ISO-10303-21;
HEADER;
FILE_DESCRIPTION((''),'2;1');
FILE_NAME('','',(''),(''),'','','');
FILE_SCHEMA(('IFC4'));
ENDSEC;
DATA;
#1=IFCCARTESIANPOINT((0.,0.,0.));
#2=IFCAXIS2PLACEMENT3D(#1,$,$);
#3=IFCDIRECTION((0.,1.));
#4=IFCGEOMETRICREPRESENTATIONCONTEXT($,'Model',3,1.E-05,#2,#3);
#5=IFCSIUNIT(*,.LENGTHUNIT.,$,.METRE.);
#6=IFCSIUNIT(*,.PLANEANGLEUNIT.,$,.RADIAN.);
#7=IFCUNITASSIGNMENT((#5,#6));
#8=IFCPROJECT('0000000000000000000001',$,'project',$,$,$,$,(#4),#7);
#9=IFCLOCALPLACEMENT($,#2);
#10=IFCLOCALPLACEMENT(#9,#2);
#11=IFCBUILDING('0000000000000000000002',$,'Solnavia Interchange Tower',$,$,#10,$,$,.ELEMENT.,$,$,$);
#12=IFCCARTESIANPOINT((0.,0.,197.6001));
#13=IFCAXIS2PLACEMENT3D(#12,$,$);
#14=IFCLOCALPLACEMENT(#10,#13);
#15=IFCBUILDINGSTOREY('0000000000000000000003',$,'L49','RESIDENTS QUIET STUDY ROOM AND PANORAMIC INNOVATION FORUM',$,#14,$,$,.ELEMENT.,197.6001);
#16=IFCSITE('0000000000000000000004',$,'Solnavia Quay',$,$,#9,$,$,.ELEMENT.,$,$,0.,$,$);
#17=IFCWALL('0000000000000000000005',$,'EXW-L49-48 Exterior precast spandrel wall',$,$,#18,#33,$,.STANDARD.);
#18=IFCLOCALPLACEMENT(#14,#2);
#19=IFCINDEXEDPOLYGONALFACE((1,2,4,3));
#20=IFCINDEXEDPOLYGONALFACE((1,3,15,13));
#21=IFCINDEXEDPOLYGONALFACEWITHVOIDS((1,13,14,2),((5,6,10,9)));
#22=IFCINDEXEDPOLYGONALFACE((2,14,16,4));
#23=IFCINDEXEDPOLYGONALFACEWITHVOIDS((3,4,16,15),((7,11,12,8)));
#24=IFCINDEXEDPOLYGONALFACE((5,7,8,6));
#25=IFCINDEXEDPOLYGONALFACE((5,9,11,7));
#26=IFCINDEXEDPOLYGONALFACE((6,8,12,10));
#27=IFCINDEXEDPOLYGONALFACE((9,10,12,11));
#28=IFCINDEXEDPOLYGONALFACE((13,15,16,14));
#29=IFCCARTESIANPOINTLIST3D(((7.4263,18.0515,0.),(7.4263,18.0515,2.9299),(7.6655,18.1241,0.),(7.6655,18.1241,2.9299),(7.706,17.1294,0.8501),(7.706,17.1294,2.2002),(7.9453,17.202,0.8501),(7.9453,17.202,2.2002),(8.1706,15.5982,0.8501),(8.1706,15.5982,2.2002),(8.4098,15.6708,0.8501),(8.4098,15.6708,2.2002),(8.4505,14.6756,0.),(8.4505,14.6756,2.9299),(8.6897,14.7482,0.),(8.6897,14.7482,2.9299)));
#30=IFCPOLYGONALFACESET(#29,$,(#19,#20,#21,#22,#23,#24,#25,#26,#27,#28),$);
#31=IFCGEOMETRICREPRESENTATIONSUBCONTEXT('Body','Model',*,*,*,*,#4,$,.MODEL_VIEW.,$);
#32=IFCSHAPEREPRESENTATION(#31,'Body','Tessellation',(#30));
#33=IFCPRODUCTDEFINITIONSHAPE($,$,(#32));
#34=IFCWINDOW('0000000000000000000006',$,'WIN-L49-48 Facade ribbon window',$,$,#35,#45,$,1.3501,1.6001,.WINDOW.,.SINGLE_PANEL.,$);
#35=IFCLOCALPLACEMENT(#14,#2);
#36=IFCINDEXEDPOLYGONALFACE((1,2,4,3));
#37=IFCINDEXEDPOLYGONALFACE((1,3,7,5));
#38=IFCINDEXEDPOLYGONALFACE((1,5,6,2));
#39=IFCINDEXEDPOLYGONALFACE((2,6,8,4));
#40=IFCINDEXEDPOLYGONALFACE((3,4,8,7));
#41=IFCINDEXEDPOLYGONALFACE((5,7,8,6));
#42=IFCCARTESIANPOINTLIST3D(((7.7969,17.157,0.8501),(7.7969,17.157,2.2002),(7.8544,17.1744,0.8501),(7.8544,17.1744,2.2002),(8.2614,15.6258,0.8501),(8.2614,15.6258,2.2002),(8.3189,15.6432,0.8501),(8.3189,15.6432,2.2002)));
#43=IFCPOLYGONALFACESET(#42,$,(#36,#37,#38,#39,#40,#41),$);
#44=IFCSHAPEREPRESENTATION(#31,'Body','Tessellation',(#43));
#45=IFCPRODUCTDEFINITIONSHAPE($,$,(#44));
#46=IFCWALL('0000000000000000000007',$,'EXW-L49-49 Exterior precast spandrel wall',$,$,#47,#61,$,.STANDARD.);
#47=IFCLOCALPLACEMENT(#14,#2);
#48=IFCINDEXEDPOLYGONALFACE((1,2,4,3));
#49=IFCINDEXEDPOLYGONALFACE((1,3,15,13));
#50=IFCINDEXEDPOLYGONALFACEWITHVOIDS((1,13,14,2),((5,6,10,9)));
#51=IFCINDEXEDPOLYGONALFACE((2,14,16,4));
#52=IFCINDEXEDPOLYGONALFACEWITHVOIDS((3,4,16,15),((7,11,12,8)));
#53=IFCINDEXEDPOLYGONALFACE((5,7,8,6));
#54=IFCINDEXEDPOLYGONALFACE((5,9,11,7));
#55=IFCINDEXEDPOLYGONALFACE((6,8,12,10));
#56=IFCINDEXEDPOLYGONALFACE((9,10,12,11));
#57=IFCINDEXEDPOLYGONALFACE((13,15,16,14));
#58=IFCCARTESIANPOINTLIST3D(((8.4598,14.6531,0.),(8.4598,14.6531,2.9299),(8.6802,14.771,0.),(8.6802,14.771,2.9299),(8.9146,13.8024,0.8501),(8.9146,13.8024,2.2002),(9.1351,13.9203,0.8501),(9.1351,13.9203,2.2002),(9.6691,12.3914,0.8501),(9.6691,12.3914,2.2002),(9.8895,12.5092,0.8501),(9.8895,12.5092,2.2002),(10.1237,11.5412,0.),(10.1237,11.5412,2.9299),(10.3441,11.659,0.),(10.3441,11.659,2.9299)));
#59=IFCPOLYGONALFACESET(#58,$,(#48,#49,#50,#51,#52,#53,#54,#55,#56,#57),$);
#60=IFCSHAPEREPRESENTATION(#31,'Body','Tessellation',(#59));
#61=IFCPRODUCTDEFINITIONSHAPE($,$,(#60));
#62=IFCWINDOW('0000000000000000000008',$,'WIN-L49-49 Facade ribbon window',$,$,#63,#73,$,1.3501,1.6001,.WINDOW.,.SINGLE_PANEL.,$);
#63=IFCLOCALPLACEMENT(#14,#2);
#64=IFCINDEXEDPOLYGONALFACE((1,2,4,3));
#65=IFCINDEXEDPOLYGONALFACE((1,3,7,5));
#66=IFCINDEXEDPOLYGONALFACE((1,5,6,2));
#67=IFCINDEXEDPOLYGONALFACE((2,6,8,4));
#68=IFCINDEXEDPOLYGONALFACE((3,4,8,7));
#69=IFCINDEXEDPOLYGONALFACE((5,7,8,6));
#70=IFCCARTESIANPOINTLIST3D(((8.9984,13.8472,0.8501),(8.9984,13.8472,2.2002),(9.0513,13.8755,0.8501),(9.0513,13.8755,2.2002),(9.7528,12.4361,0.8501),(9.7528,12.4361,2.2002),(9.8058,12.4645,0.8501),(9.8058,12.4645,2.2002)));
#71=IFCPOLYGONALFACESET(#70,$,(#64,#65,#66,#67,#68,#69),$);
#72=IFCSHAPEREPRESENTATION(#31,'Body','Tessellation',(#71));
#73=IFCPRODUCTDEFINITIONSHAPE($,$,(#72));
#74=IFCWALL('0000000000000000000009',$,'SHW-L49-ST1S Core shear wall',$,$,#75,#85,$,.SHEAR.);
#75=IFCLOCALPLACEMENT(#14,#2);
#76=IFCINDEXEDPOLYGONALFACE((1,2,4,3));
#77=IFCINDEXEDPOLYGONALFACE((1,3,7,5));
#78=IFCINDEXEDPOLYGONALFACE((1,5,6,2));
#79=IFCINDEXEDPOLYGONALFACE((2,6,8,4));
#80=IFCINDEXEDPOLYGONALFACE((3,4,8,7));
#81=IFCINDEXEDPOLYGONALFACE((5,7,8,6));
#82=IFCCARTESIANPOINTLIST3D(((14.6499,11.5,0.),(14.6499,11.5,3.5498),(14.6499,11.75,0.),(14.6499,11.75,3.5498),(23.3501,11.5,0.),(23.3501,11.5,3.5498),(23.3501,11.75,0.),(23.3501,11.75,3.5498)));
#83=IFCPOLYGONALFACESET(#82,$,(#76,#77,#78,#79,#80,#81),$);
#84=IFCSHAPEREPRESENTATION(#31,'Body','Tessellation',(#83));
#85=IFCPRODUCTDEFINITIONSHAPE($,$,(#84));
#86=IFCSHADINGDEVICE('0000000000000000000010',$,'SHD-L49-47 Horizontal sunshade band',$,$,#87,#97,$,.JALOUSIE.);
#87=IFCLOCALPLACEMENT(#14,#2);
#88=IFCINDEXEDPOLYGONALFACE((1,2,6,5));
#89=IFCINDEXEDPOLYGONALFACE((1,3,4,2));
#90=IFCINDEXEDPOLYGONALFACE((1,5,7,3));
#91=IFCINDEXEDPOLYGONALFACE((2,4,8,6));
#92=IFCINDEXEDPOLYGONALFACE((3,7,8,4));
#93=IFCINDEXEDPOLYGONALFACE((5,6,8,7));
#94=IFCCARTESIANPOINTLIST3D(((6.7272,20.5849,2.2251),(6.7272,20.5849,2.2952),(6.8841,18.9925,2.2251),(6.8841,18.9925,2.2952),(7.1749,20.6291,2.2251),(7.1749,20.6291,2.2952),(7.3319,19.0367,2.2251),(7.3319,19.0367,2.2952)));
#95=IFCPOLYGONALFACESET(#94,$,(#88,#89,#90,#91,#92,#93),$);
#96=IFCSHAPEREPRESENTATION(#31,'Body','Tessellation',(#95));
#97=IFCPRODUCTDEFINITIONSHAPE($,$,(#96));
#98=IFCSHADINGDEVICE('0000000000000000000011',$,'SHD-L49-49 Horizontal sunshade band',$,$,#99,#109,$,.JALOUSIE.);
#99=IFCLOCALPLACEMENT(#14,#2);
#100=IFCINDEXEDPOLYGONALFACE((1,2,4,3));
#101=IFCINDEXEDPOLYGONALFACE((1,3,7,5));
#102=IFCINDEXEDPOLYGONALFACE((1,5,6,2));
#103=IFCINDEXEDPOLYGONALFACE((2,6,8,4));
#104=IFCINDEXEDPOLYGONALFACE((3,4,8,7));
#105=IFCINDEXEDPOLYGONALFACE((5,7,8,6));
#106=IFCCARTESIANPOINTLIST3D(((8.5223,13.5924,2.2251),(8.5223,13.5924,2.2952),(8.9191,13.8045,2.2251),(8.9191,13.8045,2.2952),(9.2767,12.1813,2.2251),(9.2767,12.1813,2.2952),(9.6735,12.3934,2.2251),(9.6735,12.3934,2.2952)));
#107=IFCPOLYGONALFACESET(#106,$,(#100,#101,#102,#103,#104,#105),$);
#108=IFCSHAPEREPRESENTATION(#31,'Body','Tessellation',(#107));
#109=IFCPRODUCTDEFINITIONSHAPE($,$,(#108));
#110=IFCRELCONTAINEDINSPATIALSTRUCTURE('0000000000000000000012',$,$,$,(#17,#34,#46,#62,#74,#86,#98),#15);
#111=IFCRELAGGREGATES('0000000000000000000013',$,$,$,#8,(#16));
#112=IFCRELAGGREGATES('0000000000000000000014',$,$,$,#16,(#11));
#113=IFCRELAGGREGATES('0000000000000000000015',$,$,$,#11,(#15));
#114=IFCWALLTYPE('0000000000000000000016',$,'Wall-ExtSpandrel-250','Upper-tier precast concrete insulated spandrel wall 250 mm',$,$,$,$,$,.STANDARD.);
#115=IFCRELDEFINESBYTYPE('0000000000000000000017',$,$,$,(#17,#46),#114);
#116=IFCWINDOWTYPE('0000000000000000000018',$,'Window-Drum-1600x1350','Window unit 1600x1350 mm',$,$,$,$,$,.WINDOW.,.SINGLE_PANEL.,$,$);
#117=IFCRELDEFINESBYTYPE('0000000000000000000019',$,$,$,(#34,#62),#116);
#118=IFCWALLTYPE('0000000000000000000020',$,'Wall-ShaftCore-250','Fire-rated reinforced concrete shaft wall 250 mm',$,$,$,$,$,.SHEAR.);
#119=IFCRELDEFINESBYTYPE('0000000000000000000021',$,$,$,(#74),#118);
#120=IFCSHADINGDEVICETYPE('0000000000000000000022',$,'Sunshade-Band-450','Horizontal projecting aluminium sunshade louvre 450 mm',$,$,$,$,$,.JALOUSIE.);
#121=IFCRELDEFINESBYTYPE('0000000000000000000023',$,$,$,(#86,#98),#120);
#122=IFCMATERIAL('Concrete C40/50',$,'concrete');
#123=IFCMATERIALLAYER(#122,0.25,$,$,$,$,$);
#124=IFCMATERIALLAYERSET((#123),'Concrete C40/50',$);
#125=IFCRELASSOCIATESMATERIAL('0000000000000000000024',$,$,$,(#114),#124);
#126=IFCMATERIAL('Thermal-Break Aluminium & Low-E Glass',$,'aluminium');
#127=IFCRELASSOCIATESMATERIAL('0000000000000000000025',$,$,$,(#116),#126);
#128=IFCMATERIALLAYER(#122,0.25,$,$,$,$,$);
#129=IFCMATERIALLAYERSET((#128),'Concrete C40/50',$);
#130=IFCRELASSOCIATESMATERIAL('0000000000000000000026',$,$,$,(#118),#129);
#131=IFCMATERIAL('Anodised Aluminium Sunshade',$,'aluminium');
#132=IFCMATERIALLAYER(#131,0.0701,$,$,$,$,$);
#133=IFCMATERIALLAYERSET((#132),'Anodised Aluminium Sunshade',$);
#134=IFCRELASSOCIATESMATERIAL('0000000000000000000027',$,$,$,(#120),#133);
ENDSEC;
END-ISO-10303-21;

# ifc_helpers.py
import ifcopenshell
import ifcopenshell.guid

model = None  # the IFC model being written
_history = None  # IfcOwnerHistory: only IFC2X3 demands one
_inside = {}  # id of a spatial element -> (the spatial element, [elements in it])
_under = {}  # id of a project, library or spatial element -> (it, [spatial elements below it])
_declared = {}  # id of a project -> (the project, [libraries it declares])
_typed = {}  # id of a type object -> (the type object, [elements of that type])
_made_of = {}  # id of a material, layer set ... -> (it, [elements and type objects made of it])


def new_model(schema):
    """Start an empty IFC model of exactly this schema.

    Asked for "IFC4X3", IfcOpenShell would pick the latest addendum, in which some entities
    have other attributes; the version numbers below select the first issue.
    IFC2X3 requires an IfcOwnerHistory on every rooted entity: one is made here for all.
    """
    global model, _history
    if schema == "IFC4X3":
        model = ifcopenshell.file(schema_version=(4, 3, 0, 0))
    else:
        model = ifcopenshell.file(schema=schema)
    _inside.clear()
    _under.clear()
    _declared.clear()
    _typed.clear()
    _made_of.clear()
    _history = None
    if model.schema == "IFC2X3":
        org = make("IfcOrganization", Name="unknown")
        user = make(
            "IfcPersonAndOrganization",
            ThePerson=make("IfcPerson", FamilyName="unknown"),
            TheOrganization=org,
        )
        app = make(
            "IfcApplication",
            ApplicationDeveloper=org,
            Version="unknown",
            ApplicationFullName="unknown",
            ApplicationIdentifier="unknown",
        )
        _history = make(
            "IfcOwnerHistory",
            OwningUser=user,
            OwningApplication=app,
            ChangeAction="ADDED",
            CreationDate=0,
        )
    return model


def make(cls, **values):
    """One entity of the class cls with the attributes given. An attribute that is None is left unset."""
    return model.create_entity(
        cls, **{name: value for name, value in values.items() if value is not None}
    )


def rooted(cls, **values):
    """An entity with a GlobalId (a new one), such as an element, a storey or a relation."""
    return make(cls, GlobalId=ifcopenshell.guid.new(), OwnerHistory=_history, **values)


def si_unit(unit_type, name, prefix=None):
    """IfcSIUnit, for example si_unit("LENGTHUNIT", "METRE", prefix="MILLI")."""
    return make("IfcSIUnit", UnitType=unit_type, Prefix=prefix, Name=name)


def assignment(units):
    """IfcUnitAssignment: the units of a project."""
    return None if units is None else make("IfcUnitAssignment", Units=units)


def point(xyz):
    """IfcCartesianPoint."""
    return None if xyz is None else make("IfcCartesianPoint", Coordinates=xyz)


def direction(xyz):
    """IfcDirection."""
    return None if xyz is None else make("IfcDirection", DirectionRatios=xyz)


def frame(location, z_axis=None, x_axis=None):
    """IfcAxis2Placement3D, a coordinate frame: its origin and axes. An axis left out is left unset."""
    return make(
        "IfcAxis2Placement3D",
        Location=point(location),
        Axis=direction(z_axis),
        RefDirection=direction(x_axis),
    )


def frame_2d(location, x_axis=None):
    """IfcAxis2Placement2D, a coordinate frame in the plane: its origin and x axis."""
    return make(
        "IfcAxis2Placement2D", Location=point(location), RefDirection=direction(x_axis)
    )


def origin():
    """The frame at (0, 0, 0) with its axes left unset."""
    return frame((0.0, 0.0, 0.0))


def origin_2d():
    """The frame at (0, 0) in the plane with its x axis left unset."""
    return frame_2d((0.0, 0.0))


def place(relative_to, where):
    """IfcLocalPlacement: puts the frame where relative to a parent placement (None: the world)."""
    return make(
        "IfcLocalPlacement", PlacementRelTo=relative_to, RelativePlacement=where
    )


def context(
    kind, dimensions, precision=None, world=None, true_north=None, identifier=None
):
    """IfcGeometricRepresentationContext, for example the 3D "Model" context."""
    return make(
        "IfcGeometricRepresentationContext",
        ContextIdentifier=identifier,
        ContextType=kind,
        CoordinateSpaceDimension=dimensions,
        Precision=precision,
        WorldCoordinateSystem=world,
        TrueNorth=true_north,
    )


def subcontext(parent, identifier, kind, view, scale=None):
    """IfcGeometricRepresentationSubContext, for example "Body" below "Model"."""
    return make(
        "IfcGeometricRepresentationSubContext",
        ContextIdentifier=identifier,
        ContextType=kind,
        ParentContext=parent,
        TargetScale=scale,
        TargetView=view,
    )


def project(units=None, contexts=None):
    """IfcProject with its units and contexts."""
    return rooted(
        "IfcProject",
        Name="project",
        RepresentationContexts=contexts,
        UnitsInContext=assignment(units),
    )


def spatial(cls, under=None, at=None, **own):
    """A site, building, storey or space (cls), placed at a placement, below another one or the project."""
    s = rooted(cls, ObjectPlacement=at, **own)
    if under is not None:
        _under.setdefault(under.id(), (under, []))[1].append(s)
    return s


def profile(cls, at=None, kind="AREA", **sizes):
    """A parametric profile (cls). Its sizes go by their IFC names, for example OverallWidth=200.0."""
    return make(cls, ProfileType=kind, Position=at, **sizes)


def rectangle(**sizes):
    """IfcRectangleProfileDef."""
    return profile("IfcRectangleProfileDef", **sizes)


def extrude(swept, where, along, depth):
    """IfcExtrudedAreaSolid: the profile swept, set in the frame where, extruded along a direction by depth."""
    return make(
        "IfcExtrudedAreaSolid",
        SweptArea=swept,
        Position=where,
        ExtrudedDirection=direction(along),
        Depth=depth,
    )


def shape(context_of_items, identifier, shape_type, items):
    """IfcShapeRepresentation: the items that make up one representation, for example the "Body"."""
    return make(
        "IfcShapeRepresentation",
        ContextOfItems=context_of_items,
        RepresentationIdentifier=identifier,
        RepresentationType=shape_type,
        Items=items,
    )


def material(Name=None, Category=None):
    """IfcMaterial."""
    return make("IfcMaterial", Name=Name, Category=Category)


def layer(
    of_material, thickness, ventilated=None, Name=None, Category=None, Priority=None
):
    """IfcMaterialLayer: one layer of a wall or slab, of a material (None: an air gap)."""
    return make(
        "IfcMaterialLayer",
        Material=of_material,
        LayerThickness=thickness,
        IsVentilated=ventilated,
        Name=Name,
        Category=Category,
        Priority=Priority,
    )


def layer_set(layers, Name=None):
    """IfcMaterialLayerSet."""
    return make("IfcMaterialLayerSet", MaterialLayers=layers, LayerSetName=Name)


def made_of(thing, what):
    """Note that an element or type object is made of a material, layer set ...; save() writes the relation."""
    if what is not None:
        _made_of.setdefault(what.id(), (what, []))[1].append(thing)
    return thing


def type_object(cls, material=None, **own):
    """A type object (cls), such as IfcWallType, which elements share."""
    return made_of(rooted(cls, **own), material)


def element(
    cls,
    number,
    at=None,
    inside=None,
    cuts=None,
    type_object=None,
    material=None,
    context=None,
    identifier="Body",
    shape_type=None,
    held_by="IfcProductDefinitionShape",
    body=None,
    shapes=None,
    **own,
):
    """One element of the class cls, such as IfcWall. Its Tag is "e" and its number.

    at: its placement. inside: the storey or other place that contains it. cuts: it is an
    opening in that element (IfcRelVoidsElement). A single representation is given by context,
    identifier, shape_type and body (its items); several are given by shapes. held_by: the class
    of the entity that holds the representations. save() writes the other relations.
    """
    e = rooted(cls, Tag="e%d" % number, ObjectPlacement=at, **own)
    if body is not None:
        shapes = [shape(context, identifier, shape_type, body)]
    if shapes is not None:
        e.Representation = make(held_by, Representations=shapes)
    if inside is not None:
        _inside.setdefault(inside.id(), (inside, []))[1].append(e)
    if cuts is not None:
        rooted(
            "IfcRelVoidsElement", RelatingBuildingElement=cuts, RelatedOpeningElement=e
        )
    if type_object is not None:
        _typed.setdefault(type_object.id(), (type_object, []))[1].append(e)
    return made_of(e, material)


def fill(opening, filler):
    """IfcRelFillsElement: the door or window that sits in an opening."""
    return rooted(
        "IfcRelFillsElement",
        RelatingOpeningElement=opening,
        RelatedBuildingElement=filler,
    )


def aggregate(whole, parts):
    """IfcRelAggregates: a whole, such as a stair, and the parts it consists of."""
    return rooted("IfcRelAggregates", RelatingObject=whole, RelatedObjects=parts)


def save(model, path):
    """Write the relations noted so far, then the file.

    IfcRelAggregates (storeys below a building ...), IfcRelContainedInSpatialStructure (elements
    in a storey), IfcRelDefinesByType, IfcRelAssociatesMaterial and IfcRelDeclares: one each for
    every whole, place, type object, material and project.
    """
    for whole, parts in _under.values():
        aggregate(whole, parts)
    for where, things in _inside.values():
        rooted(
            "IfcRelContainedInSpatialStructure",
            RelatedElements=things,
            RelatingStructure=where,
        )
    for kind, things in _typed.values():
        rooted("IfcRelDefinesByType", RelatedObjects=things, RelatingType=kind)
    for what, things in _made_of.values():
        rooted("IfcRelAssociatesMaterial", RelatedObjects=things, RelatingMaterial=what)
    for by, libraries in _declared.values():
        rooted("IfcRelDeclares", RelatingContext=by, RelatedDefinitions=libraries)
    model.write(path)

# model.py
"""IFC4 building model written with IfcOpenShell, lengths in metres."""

from ifc_helpers import new_model, si_unit, direction, frame, frame_2d, origin, origin_2d, place, context, subcontext, project, spatial, rectangle, extrude, material, layer, layer_set, type_object, element, fill, save


model = new_model("IFC4")

# Units and contexts
model_context = context("Model", 3, precision=1e-05, world=origin(), true_north=direction((0.0, 1.0)))
body_context = subcontext(model_context, "Body", "Model", "MODEL_VIEW")
ifc_project = project(units=[si_unit("LENGTHUNIT", "METRE"), si_unit("PLANEANGLEUNIT", "RADIAN")], contexts=[model_context])

# Site, building, storey
site_placement = place(None, origin())
site = spatial("IfcSite", under=ifc_project, at=site_placement, Name="Solnavia Quay", CompositionType="ELEMENT", RefElevation=0.0)
building_placement = place(site_placement, origin())
building = spatial("IfcBuilding", under=site, at=building_placement, Name="Solnavia Interchange Tower", CompositionType="ELEMENT")
storey_placement = place(building_placement, frame((0.0, 0.0, 197.6001)))
storey = spatial("IfcBuildingStorey", under=building, at=storey_placement, Name="L49", Description="RESIDENTS QUIET STUDY ROOM AND PANORAMIC INNOVATION FORUM", CompositionType="ELEMENT", Elevation=197.6001)

# Walls, openings, windows
ifc_material_1 = material(Name="Concrete C40/50", Category="concrete")
ifc_layer_1 = layer(ifc_material_1, 0.25)
ifc_layer_set_1 = layer_set([ifc_layer_1], Name="Concrete C40/50")
wall_type_1 = type_object("IfcWallType", Name="Wall-ExtSpandrel-250", Description="Upper-tier precast concrete insulated spandrel wall 250 mm", PredefinedType="STANDARD", material=ifc_layer_set_1)
ifc_material_2 = material(Name="Thermal-Break Aluminium & Low-E Glass", Category="aluminium")
window_type = type_object("IfcWindowType", Name="Window-Drum-1600x1350", Description="Window unit 1600x1350 mm", PartitioningType="SINGLE_PANEL", PredefinedType="WINDOW", material=ifc_material_2)
wall_1_placement = place(storey_placement, frame((8.5701, 14.7119, 0.0), z_axis=(0.0, 0.0, 1.0), x_axis=(-0.290305, 0.956934, 0.0)))
wall_1 = element("IfcWall", 1, at=wall_1_placement, inside=storey, type_object=wall_type_1, Name="EXW-L49-48 Exterior precast spandrel wall", PredefinedType="STANDARD", context=body_context, shape_type="SweptSolid", body=[
    extrude(rectangle(XDim=3.5278, YDim=0.25, at=frame_2d((1.7639, 0.0))), origin(), (0.0, 0.0, 1.0), 2.9299),
])
opening_1_placement = place(wall_1_placement, frame((0.9641, 0.0, 0.8501)))
opening_1 = element("IfcOpeningElement", 2, at=opening_1_placement, cuts=wall_1, PredefinedType="OPENING", context=body_context, shape_type="SweptSolid", body=[
    extrude(rectangle(XDim=1.6001, YDim=1.3501, at=frame_2d((0.8, 0.675))), frame((0.0, 0.135, 0.0), z_axis=(0.0, -1.0, 0.0), x_axis=(1.0, 0.0, 0.0)), (0.0, 0.0, 1.0), 0.27),
])
window_1_placement = place(opening_1_placement, origin())
window_1 = element("IfcWindow", 3, at=window_1_placement, inside=storey, type_object=window_type, Name="WIN-L49-48 Facade ribbon window", OverallHeight=1.3501, OverallWidth=1.6001, PartitioningType="SINGLE_PANEL", PredefinedType="WINDOW", context=body_context, shape_type="SweptSolid", body=[
    extrude(rectangle(XDim=1.6001, YDim=1.3501, at=frame_2d((0.8, 0.675))), frame((0.0, 0.03, 0.0), z_axis=(0.0, -1.0, 0.0), x_axis=(1.0, 0.0, 0.0)), (0.0, 0.0, 1.0), 0.0601),
])
fill(opening_1, window_1)
wall_2_placement = place(storey_placement, frame((10.2339, 11.6001, 0.0), z_axis=(0.0, 0.0, 1.0), x_axis=(-0.471511, 0.88186, 0.0)))
wall_2 = element("IfcWall", 4, at=wall_2_placement, inside=storey, type_object=wall_type_1, Name="EXW-L49-49 Exterior precast spandrel wall", PredefinedType="STANDARD", context=body_context, shape_type="SweptSolid", body=[
    extrude(rectangle(XDim=3.5288, YDim=0.25, at=frame_2d((1.7644, 0.0))), origin(), (0.0, 0.0, 1.0), 2.9299),
])
opening_2_placement = place(wall_2_placement, frame((0.9641, 0.0, 0.8501)))
opening_2 = element("IfcOpeningElement", 5, at=opening_2_placement, cuts=wall_2, PredefinedType="OPENING", context=body_context, shape_type="SweptSolid", body=[
    extrude(rectangle(XDim=1.6001, YDim=1.3501, at=frame_2d((0.8, 0.675))), frame((0.0, 0.135, 0.0), z_axis=(0.0, -1.0, 0.0), x_axis=(1.0, 0.0, 0.0)), (0.0, 0.0, 1.0), 0.27),
])
window_2_placement = place(opening_2_placement, origin())
window_2 = element("IfcWindow", 6, at=window_2_placement, inside=storey, type_object=window_type, Name="WIN-L49-49 Facade ribbon window", OverallHeight=1.3501, OverallWidth=1.6001, PartitioningType="SINGLE_PANEL", PredefinedType="WINDOW", context=body_context, shape_type="SweptSolid", body=[
    extrude(rectangle(XDim=1.6001, YDim=1.3501, at=frame_2d((0.8, 0.675))), frame((0.0, 0.03, 0.0), z_axis=(0.0, -1.0, 0.0), x_axis=(1.0, 0.0, 0.0)), (0.0, 0.0, 1.0), 0.0601),
])
fill(opening_2, window_2)

# Wall
ifc_layer_2 = layer(ifc_material_1, 0.25)
ifc_layer_set_2 = layer_set([ifc_layer_2], Name="Concrete C40/50")
wall_type_2 = type_object("IfcWallType", Name="Wall-ShaftCore-250", Description="Fire-rated reinforced concrete shaft wall 250 mm", PredefinedType="SHEAR", material=ifc_layer_set_2)
wall_3_placement = place(storey_placement, frame((14.6499, 11.625, 0.0), z_axis=(0.0, 0.0, 1.0), x_axis=(1.0, 0.0, 0.0)))
element("IfcWall", 7, at=wall_3_placement, inside=storey, type_object=wall_type_2, Name="SHW-L49-ST1S Core shear wall", PredefinedType="SHEAR", context=body_context, shape_type="SweptSolid", body=[
    extrude(rectangle(XDim=8.7002, YDim=0.25, at=frame_2d((4.3501, 0.0))), origin(), (0.0, 0.0, 1.0), 3.5498),
])

# Shading devices
ifc_material_3 = material(Name="Anodised Aluminium Sunshade", Category="aluminium")
ifc_layer_3 = layer(ifc_material_3, 0.0701)
ifc_layer_set_3 = layer_set([ifc_layer_3], Name="Anodised Aluminium Sunshade")
shading_device_type = type_object("IfcShadingDeviceType", Name="Sunshade-Band-450", Description="Horizontal projecting aluminium sunshade louvre 450 mm", PredefinedType="JALOUSIE", material=ifc_layer_set_3)
for number, where, z_axis, x_axis, name in (
    (8, (7.0295, 19.8108, 2.2251), (0.0, 0.0, 1.0), (-0.098104, 0.995176, 0.0), "SHD-L49-47 Horizontal sunshade band"),
    (9, (9.0979, 12.9929, 2.2251), (0.0, 0.0, 1.0), (-0.471474, 0.88188, 0.0), "SHD-L49-49 Horizontal sunshade band"),
):
    element("IfcShadingDevice", number, at=place(storey_placement, frame(where, z_axis=z_axis, x_axis=x_axis)), inside=storey, type_object=shading_device_type, Name=name, PredefinedType="JALOUSIE", context=body_context, shape_type="SweptSolid", body=[
        extrude(rectangle(XDim=1.6001, YDim=0.45, at=origin_2d()), origin(), (0.0, 0.0, 1.0), 0.0701),
    ])

save(model, "model.ifc")
